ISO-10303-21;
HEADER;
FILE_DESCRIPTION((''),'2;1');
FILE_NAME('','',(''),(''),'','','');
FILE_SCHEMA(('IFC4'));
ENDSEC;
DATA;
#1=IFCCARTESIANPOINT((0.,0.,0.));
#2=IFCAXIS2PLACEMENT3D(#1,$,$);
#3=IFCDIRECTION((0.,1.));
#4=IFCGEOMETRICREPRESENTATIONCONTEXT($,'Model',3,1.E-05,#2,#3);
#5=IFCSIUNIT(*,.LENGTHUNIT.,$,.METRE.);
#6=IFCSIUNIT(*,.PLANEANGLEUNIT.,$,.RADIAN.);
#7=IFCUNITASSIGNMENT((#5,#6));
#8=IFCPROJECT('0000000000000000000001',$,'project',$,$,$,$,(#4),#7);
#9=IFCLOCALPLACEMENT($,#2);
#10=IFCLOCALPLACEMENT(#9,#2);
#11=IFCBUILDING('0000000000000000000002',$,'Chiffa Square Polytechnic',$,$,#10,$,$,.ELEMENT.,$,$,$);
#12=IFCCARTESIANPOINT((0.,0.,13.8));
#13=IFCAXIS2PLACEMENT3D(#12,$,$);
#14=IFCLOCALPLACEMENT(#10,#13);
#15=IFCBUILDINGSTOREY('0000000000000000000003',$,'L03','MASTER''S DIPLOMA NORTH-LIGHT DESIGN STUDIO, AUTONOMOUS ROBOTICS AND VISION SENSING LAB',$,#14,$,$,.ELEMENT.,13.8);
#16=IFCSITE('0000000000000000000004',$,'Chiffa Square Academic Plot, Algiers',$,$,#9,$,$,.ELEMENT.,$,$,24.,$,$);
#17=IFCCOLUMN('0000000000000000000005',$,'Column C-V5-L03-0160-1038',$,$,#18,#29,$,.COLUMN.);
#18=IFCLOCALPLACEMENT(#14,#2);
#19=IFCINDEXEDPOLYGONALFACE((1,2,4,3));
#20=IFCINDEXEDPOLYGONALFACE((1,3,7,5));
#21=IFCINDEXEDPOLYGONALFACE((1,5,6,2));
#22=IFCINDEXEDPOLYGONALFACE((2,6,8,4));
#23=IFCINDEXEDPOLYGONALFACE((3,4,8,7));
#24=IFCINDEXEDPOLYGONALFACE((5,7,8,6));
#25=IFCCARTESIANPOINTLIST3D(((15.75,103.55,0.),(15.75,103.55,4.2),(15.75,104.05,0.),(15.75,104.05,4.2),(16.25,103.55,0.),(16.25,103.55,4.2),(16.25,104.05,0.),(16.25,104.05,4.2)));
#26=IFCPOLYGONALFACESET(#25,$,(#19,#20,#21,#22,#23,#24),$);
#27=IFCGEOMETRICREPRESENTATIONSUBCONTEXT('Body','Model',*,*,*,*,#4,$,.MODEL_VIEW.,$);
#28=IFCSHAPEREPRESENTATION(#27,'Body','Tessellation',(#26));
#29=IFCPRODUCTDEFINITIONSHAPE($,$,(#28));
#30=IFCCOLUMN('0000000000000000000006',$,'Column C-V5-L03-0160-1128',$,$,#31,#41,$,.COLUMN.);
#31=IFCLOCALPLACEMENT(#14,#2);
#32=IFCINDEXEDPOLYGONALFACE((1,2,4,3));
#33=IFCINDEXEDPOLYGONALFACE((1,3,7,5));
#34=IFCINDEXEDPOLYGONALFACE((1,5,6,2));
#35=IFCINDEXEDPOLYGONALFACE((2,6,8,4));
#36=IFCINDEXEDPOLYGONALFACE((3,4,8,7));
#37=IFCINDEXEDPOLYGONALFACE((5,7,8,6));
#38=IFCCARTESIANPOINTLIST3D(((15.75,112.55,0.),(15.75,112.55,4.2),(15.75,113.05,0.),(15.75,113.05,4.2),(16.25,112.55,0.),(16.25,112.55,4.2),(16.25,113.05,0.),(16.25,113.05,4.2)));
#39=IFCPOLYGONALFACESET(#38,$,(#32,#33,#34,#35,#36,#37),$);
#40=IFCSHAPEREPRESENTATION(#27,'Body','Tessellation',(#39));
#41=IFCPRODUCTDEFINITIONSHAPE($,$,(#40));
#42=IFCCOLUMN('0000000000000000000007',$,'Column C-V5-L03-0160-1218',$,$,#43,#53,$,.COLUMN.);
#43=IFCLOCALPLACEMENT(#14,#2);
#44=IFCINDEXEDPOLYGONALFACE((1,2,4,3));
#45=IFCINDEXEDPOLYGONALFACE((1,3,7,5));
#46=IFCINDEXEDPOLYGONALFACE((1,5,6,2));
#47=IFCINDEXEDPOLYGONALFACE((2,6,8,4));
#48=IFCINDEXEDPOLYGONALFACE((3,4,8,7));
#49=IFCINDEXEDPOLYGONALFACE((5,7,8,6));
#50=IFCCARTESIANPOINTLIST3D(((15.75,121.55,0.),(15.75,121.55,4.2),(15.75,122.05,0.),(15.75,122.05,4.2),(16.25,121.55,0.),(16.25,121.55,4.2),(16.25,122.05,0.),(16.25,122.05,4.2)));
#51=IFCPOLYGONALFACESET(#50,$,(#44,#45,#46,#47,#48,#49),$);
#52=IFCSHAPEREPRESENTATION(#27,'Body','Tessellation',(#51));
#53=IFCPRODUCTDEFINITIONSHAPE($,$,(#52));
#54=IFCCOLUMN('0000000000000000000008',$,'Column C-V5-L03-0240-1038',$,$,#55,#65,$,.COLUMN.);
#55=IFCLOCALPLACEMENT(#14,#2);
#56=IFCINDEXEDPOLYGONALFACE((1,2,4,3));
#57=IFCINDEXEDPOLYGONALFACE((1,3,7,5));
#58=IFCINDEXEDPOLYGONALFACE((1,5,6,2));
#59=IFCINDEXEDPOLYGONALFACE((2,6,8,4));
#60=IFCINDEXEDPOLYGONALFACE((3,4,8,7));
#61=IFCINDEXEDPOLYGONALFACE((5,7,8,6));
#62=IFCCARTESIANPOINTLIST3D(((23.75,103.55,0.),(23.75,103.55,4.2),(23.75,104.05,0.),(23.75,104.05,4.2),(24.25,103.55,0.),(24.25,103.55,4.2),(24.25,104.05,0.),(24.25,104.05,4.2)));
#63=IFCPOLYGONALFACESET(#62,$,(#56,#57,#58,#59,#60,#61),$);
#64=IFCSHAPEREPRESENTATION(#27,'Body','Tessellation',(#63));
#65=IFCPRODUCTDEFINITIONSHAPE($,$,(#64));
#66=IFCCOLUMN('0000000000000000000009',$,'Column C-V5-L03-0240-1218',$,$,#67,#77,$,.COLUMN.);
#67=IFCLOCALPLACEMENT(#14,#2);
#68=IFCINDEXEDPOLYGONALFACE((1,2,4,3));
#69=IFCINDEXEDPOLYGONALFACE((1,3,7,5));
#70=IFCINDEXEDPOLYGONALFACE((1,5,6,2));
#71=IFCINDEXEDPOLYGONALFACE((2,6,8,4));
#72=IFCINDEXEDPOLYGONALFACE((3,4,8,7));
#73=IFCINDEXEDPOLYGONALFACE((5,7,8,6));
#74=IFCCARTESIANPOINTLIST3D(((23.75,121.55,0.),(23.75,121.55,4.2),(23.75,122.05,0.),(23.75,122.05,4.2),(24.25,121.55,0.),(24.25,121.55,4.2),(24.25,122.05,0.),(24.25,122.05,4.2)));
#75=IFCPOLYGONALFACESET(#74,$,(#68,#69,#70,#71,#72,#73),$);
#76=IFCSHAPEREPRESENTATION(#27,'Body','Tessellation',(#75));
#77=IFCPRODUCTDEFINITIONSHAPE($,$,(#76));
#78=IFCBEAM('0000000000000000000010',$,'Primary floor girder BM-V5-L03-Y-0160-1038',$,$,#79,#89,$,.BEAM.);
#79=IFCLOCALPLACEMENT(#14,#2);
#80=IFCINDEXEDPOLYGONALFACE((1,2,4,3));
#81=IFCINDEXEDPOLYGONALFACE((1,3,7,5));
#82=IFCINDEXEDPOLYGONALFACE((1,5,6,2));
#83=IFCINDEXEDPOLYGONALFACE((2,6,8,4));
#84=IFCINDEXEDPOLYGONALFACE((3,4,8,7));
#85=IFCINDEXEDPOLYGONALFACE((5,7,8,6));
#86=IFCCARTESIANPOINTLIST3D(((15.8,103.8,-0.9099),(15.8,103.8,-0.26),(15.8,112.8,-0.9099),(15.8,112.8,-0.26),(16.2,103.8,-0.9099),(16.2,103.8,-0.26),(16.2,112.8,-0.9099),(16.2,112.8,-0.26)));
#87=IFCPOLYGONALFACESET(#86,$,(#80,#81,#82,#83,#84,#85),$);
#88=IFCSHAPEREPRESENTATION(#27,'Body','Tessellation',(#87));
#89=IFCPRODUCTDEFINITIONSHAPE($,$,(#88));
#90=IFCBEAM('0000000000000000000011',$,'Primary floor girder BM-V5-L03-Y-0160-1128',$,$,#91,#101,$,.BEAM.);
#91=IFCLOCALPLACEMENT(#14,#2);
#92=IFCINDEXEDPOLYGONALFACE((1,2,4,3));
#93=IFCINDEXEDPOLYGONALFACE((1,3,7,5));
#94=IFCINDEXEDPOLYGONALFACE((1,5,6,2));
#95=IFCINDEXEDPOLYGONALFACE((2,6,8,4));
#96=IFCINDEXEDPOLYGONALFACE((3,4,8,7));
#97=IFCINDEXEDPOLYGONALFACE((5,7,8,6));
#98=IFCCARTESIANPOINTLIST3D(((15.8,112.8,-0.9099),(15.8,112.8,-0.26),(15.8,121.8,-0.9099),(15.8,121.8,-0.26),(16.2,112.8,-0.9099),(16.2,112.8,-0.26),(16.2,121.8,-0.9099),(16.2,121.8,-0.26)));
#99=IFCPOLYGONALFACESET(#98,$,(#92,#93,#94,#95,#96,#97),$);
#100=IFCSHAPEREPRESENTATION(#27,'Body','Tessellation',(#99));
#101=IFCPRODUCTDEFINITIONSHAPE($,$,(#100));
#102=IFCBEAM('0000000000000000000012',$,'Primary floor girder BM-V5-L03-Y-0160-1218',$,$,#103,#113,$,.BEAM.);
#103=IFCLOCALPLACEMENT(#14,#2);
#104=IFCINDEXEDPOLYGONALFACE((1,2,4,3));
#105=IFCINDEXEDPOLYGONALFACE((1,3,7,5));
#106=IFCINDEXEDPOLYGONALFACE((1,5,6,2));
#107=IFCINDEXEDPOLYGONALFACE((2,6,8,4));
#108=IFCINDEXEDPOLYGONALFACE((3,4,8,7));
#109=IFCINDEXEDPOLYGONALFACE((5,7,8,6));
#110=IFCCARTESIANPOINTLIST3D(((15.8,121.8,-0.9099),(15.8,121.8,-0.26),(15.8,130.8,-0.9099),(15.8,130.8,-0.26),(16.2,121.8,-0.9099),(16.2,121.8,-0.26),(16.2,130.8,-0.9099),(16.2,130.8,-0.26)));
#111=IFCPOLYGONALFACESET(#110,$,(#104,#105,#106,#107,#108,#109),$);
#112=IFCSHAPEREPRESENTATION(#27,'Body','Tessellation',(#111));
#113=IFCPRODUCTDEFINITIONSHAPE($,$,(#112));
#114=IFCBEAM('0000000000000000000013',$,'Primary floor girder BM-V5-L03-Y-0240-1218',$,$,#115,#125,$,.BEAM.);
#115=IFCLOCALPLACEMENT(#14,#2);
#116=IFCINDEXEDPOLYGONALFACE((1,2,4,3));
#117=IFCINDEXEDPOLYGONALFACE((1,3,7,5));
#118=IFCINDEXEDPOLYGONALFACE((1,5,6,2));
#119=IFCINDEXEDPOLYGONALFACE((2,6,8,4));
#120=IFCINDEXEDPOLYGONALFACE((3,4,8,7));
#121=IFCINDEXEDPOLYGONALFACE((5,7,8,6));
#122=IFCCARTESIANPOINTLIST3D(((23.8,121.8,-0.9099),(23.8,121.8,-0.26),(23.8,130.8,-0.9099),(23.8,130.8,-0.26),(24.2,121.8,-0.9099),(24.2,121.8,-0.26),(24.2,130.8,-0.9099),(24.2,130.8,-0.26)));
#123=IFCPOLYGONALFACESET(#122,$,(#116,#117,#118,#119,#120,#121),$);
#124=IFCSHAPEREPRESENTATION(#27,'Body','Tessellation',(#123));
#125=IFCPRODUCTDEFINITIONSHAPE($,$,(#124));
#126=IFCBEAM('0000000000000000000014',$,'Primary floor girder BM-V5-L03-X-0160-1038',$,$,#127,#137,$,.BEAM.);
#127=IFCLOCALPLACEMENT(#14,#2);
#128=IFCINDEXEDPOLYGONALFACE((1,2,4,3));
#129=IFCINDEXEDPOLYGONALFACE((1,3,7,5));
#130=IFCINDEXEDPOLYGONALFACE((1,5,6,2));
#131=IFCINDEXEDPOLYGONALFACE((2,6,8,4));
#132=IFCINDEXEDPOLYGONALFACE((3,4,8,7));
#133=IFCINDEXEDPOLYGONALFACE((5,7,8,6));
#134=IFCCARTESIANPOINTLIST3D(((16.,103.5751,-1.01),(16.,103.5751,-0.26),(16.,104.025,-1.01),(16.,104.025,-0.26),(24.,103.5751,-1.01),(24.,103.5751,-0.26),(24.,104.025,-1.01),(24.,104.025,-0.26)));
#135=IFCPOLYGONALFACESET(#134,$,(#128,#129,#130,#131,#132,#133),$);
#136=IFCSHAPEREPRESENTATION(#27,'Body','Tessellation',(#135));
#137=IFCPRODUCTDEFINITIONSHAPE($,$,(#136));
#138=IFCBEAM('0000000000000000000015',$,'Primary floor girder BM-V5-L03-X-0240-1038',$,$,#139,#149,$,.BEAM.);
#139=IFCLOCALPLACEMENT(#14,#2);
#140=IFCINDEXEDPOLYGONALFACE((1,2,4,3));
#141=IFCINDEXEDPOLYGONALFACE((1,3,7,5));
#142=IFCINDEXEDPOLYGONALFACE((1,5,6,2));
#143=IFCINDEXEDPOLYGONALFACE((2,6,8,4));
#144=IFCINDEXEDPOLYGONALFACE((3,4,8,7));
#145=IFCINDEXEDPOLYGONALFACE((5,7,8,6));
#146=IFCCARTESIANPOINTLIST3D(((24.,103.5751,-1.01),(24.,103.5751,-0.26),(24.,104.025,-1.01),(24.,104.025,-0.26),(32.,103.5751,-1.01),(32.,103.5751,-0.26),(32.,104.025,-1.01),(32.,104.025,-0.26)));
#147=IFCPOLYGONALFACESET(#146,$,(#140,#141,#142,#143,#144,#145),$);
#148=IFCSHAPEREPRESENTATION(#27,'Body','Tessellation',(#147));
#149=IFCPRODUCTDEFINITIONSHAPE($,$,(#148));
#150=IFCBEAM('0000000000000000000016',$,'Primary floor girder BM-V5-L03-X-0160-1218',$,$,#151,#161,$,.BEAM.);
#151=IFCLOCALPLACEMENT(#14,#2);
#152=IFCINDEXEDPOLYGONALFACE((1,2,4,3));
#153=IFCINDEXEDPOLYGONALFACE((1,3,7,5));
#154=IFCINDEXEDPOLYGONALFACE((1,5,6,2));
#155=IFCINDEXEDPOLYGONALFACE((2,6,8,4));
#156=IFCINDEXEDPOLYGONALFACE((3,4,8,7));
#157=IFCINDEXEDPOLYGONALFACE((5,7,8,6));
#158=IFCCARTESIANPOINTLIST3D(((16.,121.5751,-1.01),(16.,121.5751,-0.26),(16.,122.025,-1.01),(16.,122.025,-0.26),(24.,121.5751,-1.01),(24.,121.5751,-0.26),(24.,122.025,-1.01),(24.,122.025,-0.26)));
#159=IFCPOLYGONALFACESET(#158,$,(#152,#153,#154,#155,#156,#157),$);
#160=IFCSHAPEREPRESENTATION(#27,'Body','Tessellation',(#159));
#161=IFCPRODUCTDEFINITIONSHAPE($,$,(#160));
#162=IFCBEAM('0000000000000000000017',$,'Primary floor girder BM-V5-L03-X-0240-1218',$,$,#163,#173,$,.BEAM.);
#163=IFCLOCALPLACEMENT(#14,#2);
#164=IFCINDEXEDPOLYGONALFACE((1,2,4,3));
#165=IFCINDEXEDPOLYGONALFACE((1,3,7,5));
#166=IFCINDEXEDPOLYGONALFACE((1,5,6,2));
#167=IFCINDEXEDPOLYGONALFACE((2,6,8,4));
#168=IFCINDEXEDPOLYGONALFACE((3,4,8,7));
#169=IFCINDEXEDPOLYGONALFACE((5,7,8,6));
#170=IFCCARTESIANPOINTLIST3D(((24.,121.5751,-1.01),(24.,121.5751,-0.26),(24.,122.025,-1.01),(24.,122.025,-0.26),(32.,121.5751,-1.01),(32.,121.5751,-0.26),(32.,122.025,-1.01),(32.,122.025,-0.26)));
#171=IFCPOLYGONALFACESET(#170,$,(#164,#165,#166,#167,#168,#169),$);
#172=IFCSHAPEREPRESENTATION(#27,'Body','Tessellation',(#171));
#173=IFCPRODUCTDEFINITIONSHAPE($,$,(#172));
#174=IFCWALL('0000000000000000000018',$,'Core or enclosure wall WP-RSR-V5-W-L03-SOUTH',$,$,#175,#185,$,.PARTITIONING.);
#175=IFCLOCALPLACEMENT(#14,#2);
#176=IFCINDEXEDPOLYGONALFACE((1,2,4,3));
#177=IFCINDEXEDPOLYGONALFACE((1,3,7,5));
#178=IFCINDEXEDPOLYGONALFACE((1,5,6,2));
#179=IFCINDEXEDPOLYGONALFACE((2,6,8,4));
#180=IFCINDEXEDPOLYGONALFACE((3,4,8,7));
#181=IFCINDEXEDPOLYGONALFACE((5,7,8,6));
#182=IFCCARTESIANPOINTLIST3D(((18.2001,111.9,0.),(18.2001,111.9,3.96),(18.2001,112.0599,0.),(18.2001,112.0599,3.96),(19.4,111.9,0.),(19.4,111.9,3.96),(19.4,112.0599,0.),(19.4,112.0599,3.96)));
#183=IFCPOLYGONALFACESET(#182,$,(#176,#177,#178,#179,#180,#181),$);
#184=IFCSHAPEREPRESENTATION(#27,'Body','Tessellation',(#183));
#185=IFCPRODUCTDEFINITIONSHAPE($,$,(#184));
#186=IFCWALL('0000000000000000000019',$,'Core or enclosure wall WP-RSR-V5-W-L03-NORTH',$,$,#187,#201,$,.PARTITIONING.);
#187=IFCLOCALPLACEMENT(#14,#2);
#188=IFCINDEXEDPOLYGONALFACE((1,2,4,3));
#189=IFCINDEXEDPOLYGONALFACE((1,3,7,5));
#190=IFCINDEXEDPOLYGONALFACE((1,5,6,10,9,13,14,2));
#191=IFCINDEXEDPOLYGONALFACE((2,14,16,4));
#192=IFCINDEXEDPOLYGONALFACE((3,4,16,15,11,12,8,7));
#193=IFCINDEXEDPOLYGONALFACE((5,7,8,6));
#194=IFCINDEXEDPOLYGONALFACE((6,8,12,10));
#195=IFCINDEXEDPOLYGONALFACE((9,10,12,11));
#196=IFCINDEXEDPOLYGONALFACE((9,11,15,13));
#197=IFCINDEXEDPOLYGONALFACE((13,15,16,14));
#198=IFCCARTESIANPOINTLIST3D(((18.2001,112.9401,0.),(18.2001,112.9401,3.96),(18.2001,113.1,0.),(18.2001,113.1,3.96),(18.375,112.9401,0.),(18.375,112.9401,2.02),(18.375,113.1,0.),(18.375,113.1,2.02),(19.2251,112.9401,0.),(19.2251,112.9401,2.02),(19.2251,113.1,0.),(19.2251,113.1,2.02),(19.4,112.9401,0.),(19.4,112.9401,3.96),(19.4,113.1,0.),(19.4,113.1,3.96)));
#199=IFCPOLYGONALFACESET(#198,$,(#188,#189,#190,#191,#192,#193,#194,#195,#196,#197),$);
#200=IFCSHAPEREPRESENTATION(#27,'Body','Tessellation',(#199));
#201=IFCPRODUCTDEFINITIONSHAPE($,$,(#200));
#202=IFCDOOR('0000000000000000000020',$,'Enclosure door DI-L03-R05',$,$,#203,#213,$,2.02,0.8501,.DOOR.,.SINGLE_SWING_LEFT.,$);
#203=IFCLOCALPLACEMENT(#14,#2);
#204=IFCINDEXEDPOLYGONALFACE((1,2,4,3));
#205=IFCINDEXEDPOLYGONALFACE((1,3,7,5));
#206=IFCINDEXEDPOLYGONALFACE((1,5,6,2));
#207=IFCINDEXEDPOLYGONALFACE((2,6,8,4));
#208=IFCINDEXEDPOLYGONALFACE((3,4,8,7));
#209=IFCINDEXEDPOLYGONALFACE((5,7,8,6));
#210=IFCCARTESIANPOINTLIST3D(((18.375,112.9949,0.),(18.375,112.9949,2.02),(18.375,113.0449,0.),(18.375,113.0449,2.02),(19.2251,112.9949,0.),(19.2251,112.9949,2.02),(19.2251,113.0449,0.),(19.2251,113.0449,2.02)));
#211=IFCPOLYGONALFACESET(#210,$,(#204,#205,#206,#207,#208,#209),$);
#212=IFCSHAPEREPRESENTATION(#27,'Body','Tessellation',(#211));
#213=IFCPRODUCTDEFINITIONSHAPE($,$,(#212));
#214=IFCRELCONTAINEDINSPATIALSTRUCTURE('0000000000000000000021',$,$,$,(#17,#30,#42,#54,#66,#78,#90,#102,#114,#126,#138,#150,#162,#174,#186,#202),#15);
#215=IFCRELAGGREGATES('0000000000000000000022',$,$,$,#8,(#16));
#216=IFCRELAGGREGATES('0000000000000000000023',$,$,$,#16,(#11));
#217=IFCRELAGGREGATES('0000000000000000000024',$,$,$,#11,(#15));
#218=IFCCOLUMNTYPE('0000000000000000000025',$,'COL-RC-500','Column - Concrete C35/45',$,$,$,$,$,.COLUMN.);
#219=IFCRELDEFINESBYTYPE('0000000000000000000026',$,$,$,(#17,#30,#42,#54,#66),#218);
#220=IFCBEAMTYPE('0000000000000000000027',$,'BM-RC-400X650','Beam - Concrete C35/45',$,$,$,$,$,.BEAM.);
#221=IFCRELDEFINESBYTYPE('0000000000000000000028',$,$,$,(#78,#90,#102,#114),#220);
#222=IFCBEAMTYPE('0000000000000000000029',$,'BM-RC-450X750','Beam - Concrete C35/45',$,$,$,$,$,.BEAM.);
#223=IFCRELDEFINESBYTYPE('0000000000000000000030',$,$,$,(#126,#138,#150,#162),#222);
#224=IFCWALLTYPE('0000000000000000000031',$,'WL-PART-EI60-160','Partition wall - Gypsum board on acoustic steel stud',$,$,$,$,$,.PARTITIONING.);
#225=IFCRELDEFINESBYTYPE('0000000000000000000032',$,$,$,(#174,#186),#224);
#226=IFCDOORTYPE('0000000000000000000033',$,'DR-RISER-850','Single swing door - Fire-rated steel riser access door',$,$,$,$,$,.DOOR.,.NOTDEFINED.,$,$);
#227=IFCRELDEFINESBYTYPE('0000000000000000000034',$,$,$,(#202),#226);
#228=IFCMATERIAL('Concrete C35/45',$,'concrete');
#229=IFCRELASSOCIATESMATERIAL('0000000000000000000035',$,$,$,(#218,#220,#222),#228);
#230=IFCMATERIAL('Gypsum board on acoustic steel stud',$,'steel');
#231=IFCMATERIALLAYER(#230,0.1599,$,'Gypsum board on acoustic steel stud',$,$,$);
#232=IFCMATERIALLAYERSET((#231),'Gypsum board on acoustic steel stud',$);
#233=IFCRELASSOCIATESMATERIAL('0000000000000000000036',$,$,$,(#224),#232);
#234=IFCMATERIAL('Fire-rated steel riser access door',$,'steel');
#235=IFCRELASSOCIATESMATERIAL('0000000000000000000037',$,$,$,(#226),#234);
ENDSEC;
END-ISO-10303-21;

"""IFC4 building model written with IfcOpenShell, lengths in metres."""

from ifc_helpers import new_model, si_unit, direction, frame, frame_2d, origin, origin_2d, place, context, subcontext, project, spatial, rectangle, extrude, material, layer, layer_set, material_profile, profile_set, type_object, element, fill, save


model = new_model("IFC4")

# Units and contexts
model_context = context("Model", 3, precision=1e-05, world=origin(), true_north=direction((0.0, 1.0)))
body_context = subcontext(model_context, "Body", "Model", "MODEL_VIEW")
ifc_project = project(units=[si_unit("LENGTHUNIT", "METRE"), si_unit("PLANEANGLEUNIT", "RADIAN")], contexts=[model_context])

# Site, building, storey
site_placement = place(None, origin())
site = spatial("IfcSite", under=ifc_project, at=site_placement, Name="Chiffa Square Academic Plot, Algiers", CompositionType="ELEMENT", RefElevation=24.0)
building_placement = place(site_placement, origin())
building = spatial("IfcBuilding", under=site, at=building_placement, Name="Chiffa Square Polytechnic", CompositionType="ELEMENT")
storey_placement = place(building_placement, frame((0.0, 0.0, 13.8)))
storey = spatial("IfcBuildingStorey", under=building, at=storey_placement, Name="L03", Description="MASTER'S DIPLOMA NORTH-LIGHT DESIGN STUDIO, AUTONOMOUS ROBOTICS AND VISION SENSING LAB", CompositionType="ELEMENT", Elevation=13.8)

# Columns
ifc_material_1 = material(Name="Concrete C35/45", Category="concrete")
ifc_material_profile_1 = material_profile(ifc_material_1, rectangle(XDim=0.5, YDim=0.5, at=origin_2d()), Name="RC 500x500")
ifc_profile_set_1 = profile_set([ifc_material_profile_1], Name="Concrete C35/45")
column_type = type_object("IfcColumnType", Name="COL-RC-500", Description="Column - Concrete C35/45", PredefinedType="COLUMN", material=ifc_profile_set_1)
for number, where, z_axis, x_axis, name in (
    (1, (16.0, 103.8, 0.0), (0.0, 0.0, 1.0), (1.0, 0.0, 0.0), "Column C-V5-L03-0160-1038"),
    (2, (16.0, 112.8, 0.0), (0.0, 0.0, 1.0), (1.0, 0.0, 0.0), "Column C-V5-L03-0160-1128"),
    (3, (16.0, 121.8, 0.0), (0.0, 0.0, 1.0), (1.0, 0.0, 0.0), "Column C-V5-L03-0160-1218"),
    (4, (24.0, 103.8, 0.0), (0.0, 0.0, 1.0), (1.0, 0.0, 0.0), "Column C-V5-L03-0240-1038"),
    (5, (24.0, 121.8, 0.0), (0.0, 0.0, 1.0), (1.0, 0.0, 0.0), "Column C-V5-L03-0240-1218"),
):
    element("IfcColumn", number, at=place(storey_placement, frame(where, z_axis=z_axis, x_axis=x_axis)), inside=storey, type_object=column_type, Name=name, PredefinedType="COLUMN", context=body_context, shape_type="SweptSolid", body=[
        extrude(rectangle(XDim=0.5, YDim=0.5, at=origin_2d()), origin(), (0.0, 0.0, 1.0), 4.2),
    ])

# Beams
ifc_material_profile_2 = material_profile(ifc_material_1, rectangle(XDim=0.3999, YDim=0.6499, at=origin_2d()), Name="RC 400x650")
ifc_profile_set_2 = profile_set([ifc_material_profile_2], Name="Concrete C35/45")
beam_type_1 = type_object("IfcBeamType", Name="BM-RC-400X650", Description="Beam - Concrete C35/45", PredefinedType="BEAM", material=ifc_profile_set_2)
for number, where, z_axis, x_axis, name in (
    (6, (16.0, 103.8, -0.585), (0.0, 1.0, 0.0), (-1.0, 0.0, 0.0), "Primary floor girder BM-V5-L03-Y-0160-1038"),
    (7, (16.0, 112.8, -0.585), (0.0, 1.0, 0.0), (-1.0, 0.0, 0.0), "Primary floor girder BM-V5-L03-Y-0160-1128"),
    (8, (16.0, 121.8, -0.585), (0.0, 1.0, 0.0), (-1.0, 0.0, 0.0), "Primary floor girder BM-V5-L03-Y-0160-1218"),
    (9, (24.0, 121.8, -0.585), (0.0, 1.0, 0.0), (-1.0, 0.0, 0.0), "Primary floor girder BM-V5-L03-Y-0240-1218"),
):
    element("IfcBeam", number, at=place(storey_placement, frame(where, z_axis=z_axis, x_axis=x_axis)), inside=storey, type_object=beam_type_1, Name=name, PredefinedType="BEAM", context=body_context, shape_type="SweptSolid", body=[
        extrude(rectangle(XDim=0.3999, YDim=0.6499, at=origin_2d()), origin(), (0.0, 0.0, 1.0), 9.0),
    ])
ifc_material_profile_3 = material_profile(ifc_material_1, rectangle(XDim=0.45, YDim=0.75, at=origin_2d()), Name="RC 450x750")
ifc_profile_set_3 = profile_set([ifc_material_profile_3], Name="Concrete C35/45")
beam_type_2 = type_object("IfcBeamType", Name="BM-RC-450X750", Description="Beam - Concrete C35/45", PredefinedType="BEAM", material=ifc_profile_set_3)
for number, where, z_axis, x_axis, name in (
    (10, (16.0, 103.8, -0.635), (1.0, 0.0, 0.0), (0.0, 1.0, 0.0), "Primary floor girder BM-V5-L03-X-0160-1038"),
    (11, (24.0, 103.8, -0.635), (1.0, 0.0, 0.0), (0.0, 1.0, 0.0), "Primary floor girder BM-V5-L03-X-0240-1038"),
    (12, (16.0, 121.8, -0.635), (1.0, 0.0, 0.0), (0.0, 1.0, 0.0), "Primary floor girder BM-V5-L03-X-0160-1218"),
    (13, (24.0, 121.8, -0.635), (1.0, 0.0, 0.0), (0.0, 1.0, 0.0), "Primary floor girder BM-V5-L03-X-0240-1218"),
):
    element("IfcBeam", number, at=place(storey_placement, frame(where, z_axis=z_axis, x_axis=x_axis)), inside=storey, type_object=beam_type_2, Name=name, PredefinedType="BEAM", context=body_context, shape_type="SweptSolid", body=[
        extrude(rectangle(XDim=0.45, YDim=0.75, at=origin_2d()), origin(), (0.0, 0.0, 1.0), 8.0),
    ])

# Wall
ifc_material_2 = material(Name="Gypsum board on acoustic steel stud", Category="steel")
ifc_layer = layer(ifc_material_2, 0.1599, Name="Gypsum board on acoustic steel stud")
ifc_layer_set = layer_set([ifc_layer], Name="Gypsum board on acoustic steel stud")
wall_type = type_object("IfcWallType", Name="WL-PART-EI60-160", Description="Partition wall - Gypsum board on acoustic steel stud", PredefinedType="PARTITIONING", material=ifc_layer_set)
wall_1_placement = place(storey_placement, frame((18.2, 111.98, 0.0), z_axis=(0.0, 0.0, 1.0), x_axis=(1.0, 0.0, 0.0)))
element("IfcWall", 14, at=wall_1_placement, inside=storey, type_object=wall_type, Name="Core or enclosure wall WP-RSR-V5-W-L03-SOUTH", PredefinedType="PARTITIONING", context=body_context, shape_type="SweptSolid", body=[
    extrude(rectangle(XDim=1.2, YDim=0.1599, at=frame_2d((0.6001, 0.0))), origin(), (0.0, 0.0, 1.0), 3.96),
])

# Wall, opening, door
wall_2_placement = place(storey_placement, frame((18.2, 113.02, 0.0), z_axis=(0.0, 0.0, 1.0), x_axis=(1.0, 0.0, 0.0)))
wall_2 = element("IfcWall", 15, at=wall_2_placement, inside=storey, type_object=wall_type, Name="Core or enclosure wall WP-RSR-V5-W-L03-NORTH", PredefinedType="PARTITIONING", context=body_context, shape_type="SweptSolid", body=[
    extrude(rectangle(XDim=1.2, YDim=0.1599, at=frame_2d((0.6001, 0.0))), origin(), (0.0, 0.0, 1.0), 3.96),
])
opening_1_placement = place(wall_2_placement, frame((0.175, 0.0, 0.0)))
opening_1 = element("IfcOpeningElement", 16, at=opening_1_placement, cuts=wall_2, PredefinedType="OPENING", context=body_context, shape_type="SweptSolid", body=[
    extrude(rectangle(XDim=0.8501, YDim=2.02, at=frame_2d((0.425, 1.01))), frame((0.0, 0.0898, 0.0), z_axis=(0.0, -1.0, 0.0), x_axis=(1.0, 0.0, 0.0)), (0.0, 0.0, 1.0), 0.1799),
])
ifc_material_3 = material(Name="Fire-rated steel riser access door", Category="steel")
door_type_1 = type_object("IfcDoorType", Name="DR-RISER-850", Description="Single swing door - Fire-rated steel riser access door", OperationType="NOTDEFINED", PredefinedType="DOOR", material=ifc_material_3)
door_1_placement = place(opening_1_placement, origin())
door_1 = element("IfcDoor", 17, at=door_1_placement, inside=storey, type_object=door_type_1, Name="Enclosure door DI-L03-R05", OperationType="SINGLE_SWING_LEFT", OverallHeight=2.02, OverallWidth=0.8501, PredefinedType="DOOR", context=body_context, shape_type="SweptSolid", body=[
    extrude(rectangle(XDim=0.8501, YDim=2.02, at=frame_2d((0.425, 1.01))), frame((0.0, 0.0249, 0.0), z_axis=(0.0, -1.0, 0.0), x_axis=(1.0, 0.0, 0.0)), (0.0, 0.0, 1.0), 0.05),
])
fill(opening_1, door_1)

save(model, "model.ifc")
